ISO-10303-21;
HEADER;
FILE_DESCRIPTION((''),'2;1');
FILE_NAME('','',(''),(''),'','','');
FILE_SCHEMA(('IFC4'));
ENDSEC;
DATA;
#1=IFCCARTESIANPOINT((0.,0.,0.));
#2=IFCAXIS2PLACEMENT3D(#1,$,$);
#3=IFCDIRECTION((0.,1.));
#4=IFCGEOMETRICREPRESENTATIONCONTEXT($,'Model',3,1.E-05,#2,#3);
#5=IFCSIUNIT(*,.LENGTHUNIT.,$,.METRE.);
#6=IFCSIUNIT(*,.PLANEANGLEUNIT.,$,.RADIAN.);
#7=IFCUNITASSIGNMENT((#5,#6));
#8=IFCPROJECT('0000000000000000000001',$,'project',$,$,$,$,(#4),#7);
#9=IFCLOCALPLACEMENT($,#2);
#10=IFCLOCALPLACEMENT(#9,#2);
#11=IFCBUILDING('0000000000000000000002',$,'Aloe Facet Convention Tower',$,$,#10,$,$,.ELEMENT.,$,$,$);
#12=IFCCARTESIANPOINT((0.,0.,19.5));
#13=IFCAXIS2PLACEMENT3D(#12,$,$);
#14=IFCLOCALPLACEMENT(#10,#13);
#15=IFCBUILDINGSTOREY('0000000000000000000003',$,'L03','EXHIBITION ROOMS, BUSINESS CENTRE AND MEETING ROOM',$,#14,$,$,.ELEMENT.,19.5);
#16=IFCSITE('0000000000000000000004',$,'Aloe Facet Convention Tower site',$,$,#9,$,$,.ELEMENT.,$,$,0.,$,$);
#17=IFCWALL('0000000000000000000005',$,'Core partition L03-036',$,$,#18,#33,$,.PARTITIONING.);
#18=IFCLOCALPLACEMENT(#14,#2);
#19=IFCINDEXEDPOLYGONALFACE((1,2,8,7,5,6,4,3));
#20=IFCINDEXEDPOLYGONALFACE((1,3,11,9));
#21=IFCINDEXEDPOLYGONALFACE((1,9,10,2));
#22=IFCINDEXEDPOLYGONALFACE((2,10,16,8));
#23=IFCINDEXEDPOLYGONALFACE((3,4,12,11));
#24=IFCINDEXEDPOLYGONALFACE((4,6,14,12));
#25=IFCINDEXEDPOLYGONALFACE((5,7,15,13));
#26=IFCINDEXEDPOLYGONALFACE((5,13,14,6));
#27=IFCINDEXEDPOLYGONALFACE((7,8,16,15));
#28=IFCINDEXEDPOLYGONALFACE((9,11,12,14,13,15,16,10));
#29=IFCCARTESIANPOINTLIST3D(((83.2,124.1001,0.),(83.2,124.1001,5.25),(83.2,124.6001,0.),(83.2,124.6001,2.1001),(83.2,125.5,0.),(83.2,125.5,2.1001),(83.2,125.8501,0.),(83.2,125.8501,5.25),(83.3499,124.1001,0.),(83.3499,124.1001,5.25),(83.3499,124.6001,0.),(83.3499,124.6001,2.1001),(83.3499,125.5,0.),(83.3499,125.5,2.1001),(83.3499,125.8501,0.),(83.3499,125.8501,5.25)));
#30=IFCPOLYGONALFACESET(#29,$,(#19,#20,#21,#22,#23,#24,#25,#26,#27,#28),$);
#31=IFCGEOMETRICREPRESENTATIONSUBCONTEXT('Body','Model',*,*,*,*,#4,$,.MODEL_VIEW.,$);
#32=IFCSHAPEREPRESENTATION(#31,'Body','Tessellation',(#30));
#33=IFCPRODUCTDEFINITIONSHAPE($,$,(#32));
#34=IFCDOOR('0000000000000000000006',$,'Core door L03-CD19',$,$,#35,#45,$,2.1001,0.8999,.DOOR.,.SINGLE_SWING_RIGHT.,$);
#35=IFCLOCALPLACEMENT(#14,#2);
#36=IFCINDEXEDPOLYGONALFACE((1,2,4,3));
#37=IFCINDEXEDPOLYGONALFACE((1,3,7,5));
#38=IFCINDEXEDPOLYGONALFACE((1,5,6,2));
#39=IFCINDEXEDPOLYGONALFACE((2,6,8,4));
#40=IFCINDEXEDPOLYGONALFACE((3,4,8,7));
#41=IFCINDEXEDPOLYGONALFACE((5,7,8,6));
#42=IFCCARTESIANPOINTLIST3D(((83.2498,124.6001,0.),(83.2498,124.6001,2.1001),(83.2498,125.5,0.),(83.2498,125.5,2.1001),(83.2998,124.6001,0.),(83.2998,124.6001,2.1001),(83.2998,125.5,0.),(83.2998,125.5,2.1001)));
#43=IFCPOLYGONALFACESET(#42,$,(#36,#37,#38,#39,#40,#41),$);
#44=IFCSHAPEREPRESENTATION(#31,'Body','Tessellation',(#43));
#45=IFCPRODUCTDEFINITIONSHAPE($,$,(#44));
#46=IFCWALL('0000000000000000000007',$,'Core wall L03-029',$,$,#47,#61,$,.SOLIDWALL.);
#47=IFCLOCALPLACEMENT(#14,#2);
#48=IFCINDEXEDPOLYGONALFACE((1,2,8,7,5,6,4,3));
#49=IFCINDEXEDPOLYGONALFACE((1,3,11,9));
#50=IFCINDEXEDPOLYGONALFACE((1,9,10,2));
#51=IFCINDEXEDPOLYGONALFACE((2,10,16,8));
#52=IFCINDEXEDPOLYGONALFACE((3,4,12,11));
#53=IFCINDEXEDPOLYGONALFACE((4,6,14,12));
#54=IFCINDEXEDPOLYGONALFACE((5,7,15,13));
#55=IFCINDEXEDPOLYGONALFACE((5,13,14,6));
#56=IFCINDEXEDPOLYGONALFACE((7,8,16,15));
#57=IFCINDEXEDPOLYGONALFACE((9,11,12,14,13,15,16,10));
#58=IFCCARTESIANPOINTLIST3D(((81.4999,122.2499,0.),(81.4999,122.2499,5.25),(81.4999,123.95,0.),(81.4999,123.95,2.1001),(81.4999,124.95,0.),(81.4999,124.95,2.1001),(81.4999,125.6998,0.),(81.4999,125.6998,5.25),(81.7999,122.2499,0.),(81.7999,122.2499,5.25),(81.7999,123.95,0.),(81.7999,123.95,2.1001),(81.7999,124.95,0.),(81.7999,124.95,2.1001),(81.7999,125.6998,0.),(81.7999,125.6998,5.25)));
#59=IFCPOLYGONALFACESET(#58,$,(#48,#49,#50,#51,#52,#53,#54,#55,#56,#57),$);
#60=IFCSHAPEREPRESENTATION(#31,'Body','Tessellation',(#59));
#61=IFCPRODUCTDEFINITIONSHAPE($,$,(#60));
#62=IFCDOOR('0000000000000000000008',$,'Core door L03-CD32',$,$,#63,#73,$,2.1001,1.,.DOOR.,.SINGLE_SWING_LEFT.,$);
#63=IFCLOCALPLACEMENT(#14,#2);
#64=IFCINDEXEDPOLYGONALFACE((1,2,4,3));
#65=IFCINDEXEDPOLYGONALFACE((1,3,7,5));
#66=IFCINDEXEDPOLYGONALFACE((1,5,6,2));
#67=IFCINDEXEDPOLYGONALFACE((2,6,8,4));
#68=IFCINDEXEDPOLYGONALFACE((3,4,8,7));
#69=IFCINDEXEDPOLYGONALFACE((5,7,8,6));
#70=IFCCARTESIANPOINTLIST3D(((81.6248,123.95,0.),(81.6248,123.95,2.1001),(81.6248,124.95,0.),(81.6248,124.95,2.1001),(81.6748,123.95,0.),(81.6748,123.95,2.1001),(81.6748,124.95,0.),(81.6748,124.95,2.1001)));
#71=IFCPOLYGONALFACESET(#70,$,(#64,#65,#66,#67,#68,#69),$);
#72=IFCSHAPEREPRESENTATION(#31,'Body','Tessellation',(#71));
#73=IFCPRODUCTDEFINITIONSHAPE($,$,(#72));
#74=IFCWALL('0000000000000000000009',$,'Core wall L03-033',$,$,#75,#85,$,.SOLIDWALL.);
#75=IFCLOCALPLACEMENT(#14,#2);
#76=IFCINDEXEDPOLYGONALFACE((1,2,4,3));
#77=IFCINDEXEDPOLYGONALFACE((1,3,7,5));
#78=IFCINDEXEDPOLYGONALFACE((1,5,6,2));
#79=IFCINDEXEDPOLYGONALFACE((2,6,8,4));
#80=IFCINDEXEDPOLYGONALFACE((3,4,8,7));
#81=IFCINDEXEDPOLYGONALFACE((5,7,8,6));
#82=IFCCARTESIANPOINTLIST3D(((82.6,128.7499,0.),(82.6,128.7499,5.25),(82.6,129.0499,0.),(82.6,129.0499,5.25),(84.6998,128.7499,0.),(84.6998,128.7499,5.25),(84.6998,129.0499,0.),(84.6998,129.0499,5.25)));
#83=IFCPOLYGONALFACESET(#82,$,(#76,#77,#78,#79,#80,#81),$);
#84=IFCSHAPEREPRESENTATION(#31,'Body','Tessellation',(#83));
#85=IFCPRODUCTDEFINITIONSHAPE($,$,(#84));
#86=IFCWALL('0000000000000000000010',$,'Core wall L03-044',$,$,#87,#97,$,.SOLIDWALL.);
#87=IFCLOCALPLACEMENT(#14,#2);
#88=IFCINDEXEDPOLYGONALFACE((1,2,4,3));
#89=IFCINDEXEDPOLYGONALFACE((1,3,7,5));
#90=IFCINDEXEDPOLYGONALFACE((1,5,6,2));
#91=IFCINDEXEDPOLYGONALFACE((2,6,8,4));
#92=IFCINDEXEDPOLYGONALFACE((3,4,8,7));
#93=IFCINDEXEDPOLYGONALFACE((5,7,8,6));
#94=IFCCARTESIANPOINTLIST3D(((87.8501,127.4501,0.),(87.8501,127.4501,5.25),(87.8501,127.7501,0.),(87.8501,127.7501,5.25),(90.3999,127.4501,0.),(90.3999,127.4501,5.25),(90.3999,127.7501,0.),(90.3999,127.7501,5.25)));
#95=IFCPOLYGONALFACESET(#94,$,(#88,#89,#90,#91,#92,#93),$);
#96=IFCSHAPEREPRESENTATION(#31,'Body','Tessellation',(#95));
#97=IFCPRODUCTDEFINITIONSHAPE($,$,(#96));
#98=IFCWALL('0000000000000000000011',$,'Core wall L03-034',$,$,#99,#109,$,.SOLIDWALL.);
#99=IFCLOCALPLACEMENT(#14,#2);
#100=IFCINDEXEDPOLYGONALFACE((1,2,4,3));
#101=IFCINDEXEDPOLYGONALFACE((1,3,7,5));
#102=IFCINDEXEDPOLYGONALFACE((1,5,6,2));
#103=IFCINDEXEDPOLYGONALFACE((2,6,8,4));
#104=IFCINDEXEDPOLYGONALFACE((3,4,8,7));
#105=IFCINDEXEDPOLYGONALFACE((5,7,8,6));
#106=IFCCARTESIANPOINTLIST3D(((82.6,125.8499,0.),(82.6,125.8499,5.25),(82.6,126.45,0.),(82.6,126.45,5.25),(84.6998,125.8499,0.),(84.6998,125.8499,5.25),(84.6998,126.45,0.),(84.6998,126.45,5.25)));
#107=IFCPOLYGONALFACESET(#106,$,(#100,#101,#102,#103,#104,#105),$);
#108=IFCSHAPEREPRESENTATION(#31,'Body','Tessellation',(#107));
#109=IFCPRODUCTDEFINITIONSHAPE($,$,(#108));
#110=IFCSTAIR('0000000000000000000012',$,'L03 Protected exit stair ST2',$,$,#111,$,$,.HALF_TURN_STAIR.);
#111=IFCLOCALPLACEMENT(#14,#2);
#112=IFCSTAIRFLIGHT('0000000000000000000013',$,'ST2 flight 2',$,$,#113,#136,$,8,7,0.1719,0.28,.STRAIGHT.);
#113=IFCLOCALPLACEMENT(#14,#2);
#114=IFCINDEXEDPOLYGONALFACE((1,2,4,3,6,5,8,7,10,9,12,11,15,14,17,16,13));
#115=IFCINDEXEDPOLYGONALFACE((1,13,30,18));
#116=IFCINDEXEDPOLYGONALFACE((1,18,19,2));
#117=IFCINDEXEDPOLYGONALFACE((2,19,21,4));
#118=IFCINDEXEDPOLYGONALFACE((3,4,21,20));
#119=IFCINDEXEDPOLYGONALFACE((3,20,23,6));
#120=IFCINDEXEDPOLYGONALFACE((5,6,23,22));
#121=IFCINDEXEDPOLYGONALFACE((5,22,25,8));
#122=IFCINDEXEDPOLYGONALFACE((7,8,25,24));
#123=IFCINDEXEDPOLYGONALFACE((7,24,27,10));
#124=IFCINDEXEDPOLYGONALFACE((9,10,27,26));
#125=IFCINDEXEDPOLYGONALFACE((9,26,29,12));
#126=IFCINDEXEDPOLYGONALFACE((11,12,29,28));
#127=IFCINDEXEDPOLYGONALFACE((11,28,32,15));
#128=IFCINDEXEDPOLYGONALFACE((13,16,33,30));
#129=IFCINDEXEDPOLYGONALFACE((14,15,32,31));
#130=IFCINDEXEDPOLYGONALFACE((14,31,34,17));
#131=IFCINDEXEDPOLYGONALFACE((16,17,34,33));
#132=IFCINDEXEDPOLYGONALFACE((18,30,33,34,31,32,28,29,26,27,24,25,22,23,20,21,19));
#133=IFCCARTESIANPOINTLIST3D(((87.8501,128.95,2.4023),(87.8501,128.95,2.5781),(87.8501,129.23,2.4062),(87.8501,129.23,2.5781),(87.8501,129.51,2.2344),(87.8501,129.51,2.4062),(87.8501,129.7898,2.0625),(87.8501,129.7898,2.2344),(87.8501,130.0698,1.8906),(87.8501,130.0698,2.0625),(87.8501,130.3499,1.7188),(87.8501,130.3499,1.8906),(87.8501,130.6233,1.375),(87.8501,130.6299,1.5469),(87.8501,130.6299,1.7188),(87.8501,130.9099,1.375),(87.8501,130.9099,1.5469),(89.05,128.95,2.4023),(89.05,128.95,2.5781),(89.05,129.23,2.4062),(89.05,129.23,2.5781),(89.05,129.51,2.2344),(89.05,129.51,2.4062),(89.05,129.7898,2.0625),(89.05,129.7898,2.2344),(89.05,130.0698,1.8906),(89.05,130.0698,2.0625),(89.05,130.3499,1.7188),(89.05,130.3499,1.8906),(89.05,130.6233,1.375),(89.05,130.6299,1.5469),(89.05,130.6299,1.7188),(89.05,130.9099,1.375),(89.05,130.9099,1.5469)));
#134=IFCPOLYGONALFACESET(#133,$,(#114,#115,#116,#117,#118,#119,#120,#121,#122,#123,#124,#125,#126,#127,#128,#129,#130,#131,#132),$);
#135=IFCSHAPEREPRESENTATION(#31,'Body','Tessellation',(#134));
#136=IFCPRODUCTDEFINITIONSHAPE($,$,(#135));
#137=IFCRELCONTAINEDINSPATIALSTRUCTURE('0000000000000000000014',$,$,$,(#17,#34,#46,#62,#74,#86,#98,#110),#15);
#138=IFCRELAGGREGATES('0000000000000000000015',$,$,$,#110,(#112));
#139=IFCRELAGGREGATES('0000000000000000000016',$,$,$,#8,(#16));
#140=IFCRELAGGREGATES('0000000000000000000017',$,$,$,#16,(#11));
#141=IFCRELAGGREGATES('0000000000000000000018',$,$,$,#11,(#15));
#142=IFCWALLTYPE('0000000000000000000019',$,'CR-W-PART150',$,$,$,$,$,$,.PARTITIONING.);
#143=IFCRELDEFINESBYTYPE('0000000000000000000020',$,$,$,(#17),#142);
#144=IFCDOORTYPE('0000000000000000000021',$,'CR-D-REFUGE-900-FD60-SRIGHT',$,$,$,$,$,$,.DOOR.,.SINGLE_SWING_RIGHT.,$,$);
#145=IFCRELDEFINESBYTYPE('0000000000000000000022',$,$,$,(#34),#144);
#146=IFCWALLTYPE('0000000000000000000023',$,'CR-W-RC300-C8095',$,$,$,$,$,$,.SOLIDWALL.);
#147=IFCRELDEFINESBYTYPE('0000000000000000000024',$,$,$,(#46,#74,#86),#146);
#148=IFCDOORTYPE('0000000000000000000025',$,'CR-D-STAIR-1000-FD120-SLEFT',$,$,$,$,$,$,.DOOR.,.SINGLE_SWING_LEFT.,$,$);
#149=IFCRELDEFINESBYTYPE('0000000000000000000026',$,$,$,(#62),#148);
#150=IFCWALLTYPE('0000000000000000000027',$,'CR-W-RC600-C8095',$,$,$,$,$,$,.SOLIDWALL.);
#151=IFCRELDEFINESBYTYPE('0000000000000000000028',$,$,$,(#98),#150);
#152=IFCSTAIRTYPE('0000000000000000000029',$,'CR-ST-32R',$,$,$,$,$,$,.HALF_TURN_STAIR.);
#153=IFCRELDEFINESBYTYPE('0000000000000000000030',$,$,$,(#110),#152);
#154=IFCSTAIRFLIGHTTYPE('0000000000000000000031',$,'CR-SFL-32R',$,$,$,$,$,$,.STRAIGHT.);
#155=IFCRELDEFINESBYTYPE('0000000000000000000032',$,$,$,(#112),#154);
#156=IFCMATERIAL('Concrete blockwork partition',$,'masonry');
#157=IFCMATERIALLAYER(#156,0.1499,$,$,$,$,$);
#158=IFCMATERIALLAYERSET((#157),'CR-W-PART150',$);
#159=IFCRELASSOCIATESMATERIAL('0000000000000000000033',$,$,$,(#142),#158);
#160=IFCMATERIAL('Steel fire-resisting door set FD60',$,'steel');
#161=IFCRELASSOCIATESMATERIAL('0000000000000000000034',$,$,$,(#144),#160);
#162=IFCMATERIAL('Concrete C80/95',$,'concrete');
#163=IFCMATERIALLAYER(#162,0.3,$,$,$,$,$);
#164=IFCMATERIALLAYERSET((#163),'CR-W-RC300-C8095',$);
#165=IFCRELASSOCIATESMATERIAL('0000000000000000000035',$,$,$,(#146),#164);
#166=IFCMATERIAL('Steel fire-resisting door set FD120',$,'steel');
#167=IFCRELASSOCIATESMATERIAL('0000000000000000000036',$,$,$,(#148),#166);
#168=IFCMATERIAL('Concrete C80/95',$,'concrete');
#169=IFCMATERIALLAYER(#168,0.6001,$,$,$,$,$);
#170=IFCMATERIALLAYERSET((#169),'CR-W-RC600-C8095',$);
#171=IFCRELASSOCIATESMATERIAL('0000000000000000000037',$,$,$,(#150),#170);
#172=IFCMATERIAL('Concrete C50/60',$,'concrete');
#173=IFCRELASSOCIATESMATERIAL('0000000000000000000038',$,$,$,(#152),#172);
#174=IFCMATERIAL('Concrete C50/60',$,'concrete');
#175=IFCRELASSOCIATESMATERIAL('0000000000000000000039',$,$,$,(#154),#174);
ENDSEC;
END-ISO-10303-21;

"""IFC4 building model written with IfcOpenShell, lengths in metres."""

from ifc_helpers import new_model, si_unit, direction, frame, frame_2d, origin, place, context, subcontext, project, spatial, polyline, rectangle, outline, extrude, material, layer, layer_set, type_object, element, fill, aggregate, save


model = new_model("IFC4")

# Units and contexts
model_context = context("Model", 3, precision=1e-05, world=origin(), true_north=direction((0.0, 1.0)))
body_context = subcontext(model_context, "Body", "Model", "MODEL_VIEW")
ifc_project = project(units=[si_unit("LENGTHUNIT", "METRE"), si_unit("PLANEANGLEUNIT", "RADIAN")], contexts=[model_context])

# Site, building, storey
site_placement = place(None, origin())
site = spatial("IfcSite", under=ifc_project, at=site_placement, Name="Aloe Facet Convention Tower site", CompositionType="ELEMENT", RefElevation=0.0)
building_placement = place(site_placement, origin())
building = spatial("IfcBuilding", under=site, at=building_placement, Name="Aloe Facet Convention Tower", CompositionType="ELEMENT")
storey_placement = place(building_placement, frame((0.0, 0.0, 19.5)))
storey = spatial("IfcBuildingStorey", under=building, at=storey_placement, Name="L03", Description="EXHIBITION ROOMS, BUSINESS CENTRE AND MEETING ROOM", CompositionType="ELEMENT", Elevation=19.5)

# Walls, openings, doors
ifc_material_1 = material(Name="Concrete blockwork partition", Category="masonry")
ifc_layer_1 = layer(ifc_material_1, 0.1499)
ifc_layer_set_1 = layer_set([ifc_layer_1], Name="CR-W-PART150")
wall_type_1 = type_object("IfcWallType", Name="CR-W-PART150", PredefinedType="PARTITIONING", material=ifc_layer_set_1)
wall_1_placement = place(storey_placement, frame((83.2749, 125.8501, 0.0), z_axis=(0.0, 0.0, 1.0), x_axis=(0.0, -1.0, 0.0)))
wall_1 = element("IfcWall", 1, at=wall_1_placement, inside=storey, type_object=wall_type_1, Name="Core partition L03-036", PredefinedType="PARTITIONING", context=body_context, shape_type="SweptSolid", body=[
    extrude(rectangle(XDim=1.75, YDim=0.1499, at=frame_2d((0.875, 0.0))), origin(), (0.0, 0.0, 1.0), 5.25),
])
opening_1_placement = place(wall_1_placement, frame((0.3501, 0.0, 0.0)))
opening_1 = element("IfcOpeningElement", 2, at=opening_1_placement, cuts=wall_1, PredefinedType="OPENING", context=body_context, shape_type="SweptSolid", body=[
    extrude(rectangle(XDim=0.8999, YDim=2.1001, at=frame_2d((0.45, 1.05))), frame((0.0, 0.085, 0.0), z_axis=(0.0, -1.0, 0.0), x_axis=(1.0, 0.0, 0.0)), (0.0, 0.0, 1.0), 0.1699),
])
ifc_material_2 = material(Name="Steel fire-resisting door set FD60", Category="steel")
door_type_1 = type_object("IfcDoorType", Name="CR-D-REFUGE-900-FD60-SRIGHT", OperationType="SINGLE_SWING_RIGHT", PredefinedType="DOOR", material=ifc_material_2)
door_1_placement = place(opening_1_placement, origin())
door_1 = element("IfcDoor", 3, at=door_1_placement, inside=storey, type_object=door_type_1, Name="Core door L03-CD19", OperationType="SINGLE_SWING_RIGHT", OverallHeight=2.1001, OverallWidth=0.8999, PredefinedType="DOOR", context=body_context, shape_type="SweptSolid", body=[
    extrude(rectangle(XDim=0.8999, YDim=2.1001, at=frame_2d((0.45, 1.05))), frame((0.0, 0.0249, 0.0), z_axis=(0.0, -1.0, 0.0), x_axis=(1.0, 0.0, 0.0)), (0.0, 0.0, 1.0), 0.05),
])
fill(opening_1, door_1)
ifc_material_3 = material(Name="Concrete C80/95", Category="concrete")
ifc_layer_2 = layer(ifc_material_3, 0.3)
ifc_layer_set_2 = layer_set([ifc_layer_2], Name="CR-W-RC300-C8095")
wall_type_2 = type_object("IfcWallType", Name="CR-W-RC300-C8095", PredefinedType="SOLIDWALL", material=ifc_layer_set_2)
wall_2_placement = place(storey_placement, frame((81.6499, 125.7, 0.0), z_axis=(0.0, 0.0, 1.0), x_axis=(0.0, -1.0, 0.0)))
wall_2 = element("IfcWall", 4, at=wall_2_placement, inside=storey, type_object=wall_type_2, Name="Core wall L03-029", PredefinedType="SOLIDWALL", context=body_context, shape_type="SweptSolid", body=[
    extrude(rectangle(XDim=3.45, YDim=0.3, at=frame_2d((1.7251, 0.0))), origin(), (0.0, 0.0, 1.0), 5.25),
])
opening_2_placement = place(wall_2_placement, frame((0.75, 0.0, 0.0)))
opening_2 = element("IfcOpeningElement", 5, at=opening_2_placement, cuts=wall_2, PredefinedType="OPENING", context=body_context, shape_type="SweptSolid", body=[
    extrude(rectangle(XDim=1.0, YDim=2.1001, at=frame_2d((0.5, 1.05))), frame((0.0, 0.1602, 0.0), z_axis=(0.0, -1.0, 0.0), x_axis=(1.0, 0.0, 0.0)), (0.0, 0.0, 1.0), 0.3201),
])
ifc_material_4 = material(Name="Steel fire-resisting door set FD120", Category="steel")
door_type_2 = type_object("IfcDoorType", Name="CR-D-STAIR-1000-FD120-SLEFT", OperationType="SINGLE_SWING_LEFT", PredefinedType="DOOR", material=ifc_material_4)
door_2_placement = place(opening_2_placement, origin())
door_2 = element("IfcDoor", 6, at=door_2_placement, inside=storey, type_object=door_type_2, Name="Core door L03-CD32", OperationType="SINGLE_SWING_LEFT", OverallHeight=2.1001, OverallWidth=1.0, PredefinedType="DOOR", context=body_context, shape_type="SweptSolid", body=[
    extrude(rectangle(XDim=1.0, YDim=2.1001, at=frame_2d((0.5, 1.05))), frame((0.0, 0.0249, 0.0), z_axis=(0.0, -1.0, 0.0), x_axis=(1.0, 0.0, 0.0)), (0.0, 0.0, 1.0), 0.05),
])
fill(opening_2, door_2)

# Walls
wall_3_placement = place(storey_placement, frame((82.6001, 128.8999, 0.0), z_axis=(0.0, 0.0, 1.0), x_axis=(1.0, 0.0, 0.0)))
element("IfcWall", 7, at=wall_3_placement, inside=storey, type_object=wall_type_2, Name="Core wall L03-033", PredefinedType="SOLIDWALL", context=body_context, shape_type="SweptSolid", body=[
    extrude(rectangle(XDim=2.0999, YDim=0.3, at=frame_2d((1.0498, 0.0))), origin(), (0.0, 0.0, 1.0), 5.25),
])
wall_4_placement = place(storey_placement, frame((87.8501, 127.6001, 0.0), z_axis=(0.0, 0.0, 1.0), x_axis=(1.0, 0.0, 0.0)))
element("IfcWall", 8, at=wall_4_placement, inside=storey, type_object=wall_type_2, Name="Core wall L03-044", PredefinedType="SOLIDWALL", context=body_context, shape_type="SweptSolid", body=[
    extrude(rectangle(XDim=2.5498, YDim=0.3, at=frame_2d((1.2749, 0.0))), origin(), (0.0, 0.0, 1.0), 5.25),
])
ifc_material_5 = material(Name="Concrete C80/95", Category="concrete")
ifc_layer_3 = layer(ifc_material_5, 0.6001)
ifc_layer_set_3 = layer_set([ifc_layer_3], Name="CR-W-RC600-C8095")
wall_type_3 = type_object("IfcWallType", Name="CR-W-RC600-C8095", PredefinedType="SOLIDWALL", material=ifc_layer_set_3)
wall_5_placement = place(storey_placement, frame((82.6001, 126.1499, 0.0), z_axis=(0.0, 0.0, 1.0), x_axis=(1.0, 0.0, 0.0)))
element("IfcWall", 9, at=wall_5_placement, inside=storey, type_object=wall_type_3, Name="Core wall L03-034", PredefinedType="SOLIDWALL", context=body_context, shape_type="SweptSolid", body=[
    extrude(rectangle(XDim=2.0999, YDim=0.6001, at=frame_2d((1.0498, 0.0))), origin(), (0.0, 0.0, 1.0), 5.25),
])

# Stair, stair flight
ifc_material_6 = material(Name="Concrete C50/60", Category="concrete")
stair_type = type_object("IfcStairType", Name="CR-ST-32R", PredefinedType="HALF_TURN_STAIR", material=ifc_material_6)
stair_placement = place(storey_placement, origin())
stair = element("IfcStair", 10, at=stair_placement, inside=storey, type_object=stair_type, Name="L03 Protected exit stair ST2", PredefinedType="HALF_TURN_STAIR")
ifc_material_7 = material(Name="Concrete C50/60", Category="concrete")
stair_flight_type = type_object("IfcStairFlightType", Name="CR-SFL-32R", PredefinedType="STRAIGHT", material=ifc_material_7)
stair_flight_placement = place(storey_placement, frame((88.45, 130.9099, 1.375), z_axis=(0.0, 0.0, 1.0), x_axis=(0.0, -1.0, 0.0)))
stair_flight = element("IfcStairFlight", 11, at=stair_flight_placement, type_object=stair_flight_type, Name="ST2 flight 2", NumberOfRisers=8, NumberOfTreads=7, PredefinedType="STRAIGHT", RiserHeight=0.1719, TreadLength=0.28, context=body_context, shape_type="SweptSolid", body=[
    extrude(outline(polyline([(0.0, 0.0), (0.0, 0.1719), (0.28, 0.1719), (0.28, 0.3438), (0.5601, 0.3438), (0.5601, 0.5156), (0.8401, 0.5156), (0.8401, 0.6875), (1.1201, 0.6875), (1.1201, 0.8594), (1.3999, 0.8594), (1.3999, 1.0312), (1.6799, 1.0312), (1.6799, 1.2031), (1.96, 1.2031), (1.96, 1.375), (1.96, 1.0273), (0.2866, 0.0), (0.0, 0.0)])), frame((0.0, 0.6001, 0.0), z_axis=(0.0, -1.0, 0.0), x_axis=(1.0, 0.0, 0.0)), (0.0, 0.0, 1.0), 1.2),
])
aggregate(stair, [stair_flight])

save(model, "model.ifc")
